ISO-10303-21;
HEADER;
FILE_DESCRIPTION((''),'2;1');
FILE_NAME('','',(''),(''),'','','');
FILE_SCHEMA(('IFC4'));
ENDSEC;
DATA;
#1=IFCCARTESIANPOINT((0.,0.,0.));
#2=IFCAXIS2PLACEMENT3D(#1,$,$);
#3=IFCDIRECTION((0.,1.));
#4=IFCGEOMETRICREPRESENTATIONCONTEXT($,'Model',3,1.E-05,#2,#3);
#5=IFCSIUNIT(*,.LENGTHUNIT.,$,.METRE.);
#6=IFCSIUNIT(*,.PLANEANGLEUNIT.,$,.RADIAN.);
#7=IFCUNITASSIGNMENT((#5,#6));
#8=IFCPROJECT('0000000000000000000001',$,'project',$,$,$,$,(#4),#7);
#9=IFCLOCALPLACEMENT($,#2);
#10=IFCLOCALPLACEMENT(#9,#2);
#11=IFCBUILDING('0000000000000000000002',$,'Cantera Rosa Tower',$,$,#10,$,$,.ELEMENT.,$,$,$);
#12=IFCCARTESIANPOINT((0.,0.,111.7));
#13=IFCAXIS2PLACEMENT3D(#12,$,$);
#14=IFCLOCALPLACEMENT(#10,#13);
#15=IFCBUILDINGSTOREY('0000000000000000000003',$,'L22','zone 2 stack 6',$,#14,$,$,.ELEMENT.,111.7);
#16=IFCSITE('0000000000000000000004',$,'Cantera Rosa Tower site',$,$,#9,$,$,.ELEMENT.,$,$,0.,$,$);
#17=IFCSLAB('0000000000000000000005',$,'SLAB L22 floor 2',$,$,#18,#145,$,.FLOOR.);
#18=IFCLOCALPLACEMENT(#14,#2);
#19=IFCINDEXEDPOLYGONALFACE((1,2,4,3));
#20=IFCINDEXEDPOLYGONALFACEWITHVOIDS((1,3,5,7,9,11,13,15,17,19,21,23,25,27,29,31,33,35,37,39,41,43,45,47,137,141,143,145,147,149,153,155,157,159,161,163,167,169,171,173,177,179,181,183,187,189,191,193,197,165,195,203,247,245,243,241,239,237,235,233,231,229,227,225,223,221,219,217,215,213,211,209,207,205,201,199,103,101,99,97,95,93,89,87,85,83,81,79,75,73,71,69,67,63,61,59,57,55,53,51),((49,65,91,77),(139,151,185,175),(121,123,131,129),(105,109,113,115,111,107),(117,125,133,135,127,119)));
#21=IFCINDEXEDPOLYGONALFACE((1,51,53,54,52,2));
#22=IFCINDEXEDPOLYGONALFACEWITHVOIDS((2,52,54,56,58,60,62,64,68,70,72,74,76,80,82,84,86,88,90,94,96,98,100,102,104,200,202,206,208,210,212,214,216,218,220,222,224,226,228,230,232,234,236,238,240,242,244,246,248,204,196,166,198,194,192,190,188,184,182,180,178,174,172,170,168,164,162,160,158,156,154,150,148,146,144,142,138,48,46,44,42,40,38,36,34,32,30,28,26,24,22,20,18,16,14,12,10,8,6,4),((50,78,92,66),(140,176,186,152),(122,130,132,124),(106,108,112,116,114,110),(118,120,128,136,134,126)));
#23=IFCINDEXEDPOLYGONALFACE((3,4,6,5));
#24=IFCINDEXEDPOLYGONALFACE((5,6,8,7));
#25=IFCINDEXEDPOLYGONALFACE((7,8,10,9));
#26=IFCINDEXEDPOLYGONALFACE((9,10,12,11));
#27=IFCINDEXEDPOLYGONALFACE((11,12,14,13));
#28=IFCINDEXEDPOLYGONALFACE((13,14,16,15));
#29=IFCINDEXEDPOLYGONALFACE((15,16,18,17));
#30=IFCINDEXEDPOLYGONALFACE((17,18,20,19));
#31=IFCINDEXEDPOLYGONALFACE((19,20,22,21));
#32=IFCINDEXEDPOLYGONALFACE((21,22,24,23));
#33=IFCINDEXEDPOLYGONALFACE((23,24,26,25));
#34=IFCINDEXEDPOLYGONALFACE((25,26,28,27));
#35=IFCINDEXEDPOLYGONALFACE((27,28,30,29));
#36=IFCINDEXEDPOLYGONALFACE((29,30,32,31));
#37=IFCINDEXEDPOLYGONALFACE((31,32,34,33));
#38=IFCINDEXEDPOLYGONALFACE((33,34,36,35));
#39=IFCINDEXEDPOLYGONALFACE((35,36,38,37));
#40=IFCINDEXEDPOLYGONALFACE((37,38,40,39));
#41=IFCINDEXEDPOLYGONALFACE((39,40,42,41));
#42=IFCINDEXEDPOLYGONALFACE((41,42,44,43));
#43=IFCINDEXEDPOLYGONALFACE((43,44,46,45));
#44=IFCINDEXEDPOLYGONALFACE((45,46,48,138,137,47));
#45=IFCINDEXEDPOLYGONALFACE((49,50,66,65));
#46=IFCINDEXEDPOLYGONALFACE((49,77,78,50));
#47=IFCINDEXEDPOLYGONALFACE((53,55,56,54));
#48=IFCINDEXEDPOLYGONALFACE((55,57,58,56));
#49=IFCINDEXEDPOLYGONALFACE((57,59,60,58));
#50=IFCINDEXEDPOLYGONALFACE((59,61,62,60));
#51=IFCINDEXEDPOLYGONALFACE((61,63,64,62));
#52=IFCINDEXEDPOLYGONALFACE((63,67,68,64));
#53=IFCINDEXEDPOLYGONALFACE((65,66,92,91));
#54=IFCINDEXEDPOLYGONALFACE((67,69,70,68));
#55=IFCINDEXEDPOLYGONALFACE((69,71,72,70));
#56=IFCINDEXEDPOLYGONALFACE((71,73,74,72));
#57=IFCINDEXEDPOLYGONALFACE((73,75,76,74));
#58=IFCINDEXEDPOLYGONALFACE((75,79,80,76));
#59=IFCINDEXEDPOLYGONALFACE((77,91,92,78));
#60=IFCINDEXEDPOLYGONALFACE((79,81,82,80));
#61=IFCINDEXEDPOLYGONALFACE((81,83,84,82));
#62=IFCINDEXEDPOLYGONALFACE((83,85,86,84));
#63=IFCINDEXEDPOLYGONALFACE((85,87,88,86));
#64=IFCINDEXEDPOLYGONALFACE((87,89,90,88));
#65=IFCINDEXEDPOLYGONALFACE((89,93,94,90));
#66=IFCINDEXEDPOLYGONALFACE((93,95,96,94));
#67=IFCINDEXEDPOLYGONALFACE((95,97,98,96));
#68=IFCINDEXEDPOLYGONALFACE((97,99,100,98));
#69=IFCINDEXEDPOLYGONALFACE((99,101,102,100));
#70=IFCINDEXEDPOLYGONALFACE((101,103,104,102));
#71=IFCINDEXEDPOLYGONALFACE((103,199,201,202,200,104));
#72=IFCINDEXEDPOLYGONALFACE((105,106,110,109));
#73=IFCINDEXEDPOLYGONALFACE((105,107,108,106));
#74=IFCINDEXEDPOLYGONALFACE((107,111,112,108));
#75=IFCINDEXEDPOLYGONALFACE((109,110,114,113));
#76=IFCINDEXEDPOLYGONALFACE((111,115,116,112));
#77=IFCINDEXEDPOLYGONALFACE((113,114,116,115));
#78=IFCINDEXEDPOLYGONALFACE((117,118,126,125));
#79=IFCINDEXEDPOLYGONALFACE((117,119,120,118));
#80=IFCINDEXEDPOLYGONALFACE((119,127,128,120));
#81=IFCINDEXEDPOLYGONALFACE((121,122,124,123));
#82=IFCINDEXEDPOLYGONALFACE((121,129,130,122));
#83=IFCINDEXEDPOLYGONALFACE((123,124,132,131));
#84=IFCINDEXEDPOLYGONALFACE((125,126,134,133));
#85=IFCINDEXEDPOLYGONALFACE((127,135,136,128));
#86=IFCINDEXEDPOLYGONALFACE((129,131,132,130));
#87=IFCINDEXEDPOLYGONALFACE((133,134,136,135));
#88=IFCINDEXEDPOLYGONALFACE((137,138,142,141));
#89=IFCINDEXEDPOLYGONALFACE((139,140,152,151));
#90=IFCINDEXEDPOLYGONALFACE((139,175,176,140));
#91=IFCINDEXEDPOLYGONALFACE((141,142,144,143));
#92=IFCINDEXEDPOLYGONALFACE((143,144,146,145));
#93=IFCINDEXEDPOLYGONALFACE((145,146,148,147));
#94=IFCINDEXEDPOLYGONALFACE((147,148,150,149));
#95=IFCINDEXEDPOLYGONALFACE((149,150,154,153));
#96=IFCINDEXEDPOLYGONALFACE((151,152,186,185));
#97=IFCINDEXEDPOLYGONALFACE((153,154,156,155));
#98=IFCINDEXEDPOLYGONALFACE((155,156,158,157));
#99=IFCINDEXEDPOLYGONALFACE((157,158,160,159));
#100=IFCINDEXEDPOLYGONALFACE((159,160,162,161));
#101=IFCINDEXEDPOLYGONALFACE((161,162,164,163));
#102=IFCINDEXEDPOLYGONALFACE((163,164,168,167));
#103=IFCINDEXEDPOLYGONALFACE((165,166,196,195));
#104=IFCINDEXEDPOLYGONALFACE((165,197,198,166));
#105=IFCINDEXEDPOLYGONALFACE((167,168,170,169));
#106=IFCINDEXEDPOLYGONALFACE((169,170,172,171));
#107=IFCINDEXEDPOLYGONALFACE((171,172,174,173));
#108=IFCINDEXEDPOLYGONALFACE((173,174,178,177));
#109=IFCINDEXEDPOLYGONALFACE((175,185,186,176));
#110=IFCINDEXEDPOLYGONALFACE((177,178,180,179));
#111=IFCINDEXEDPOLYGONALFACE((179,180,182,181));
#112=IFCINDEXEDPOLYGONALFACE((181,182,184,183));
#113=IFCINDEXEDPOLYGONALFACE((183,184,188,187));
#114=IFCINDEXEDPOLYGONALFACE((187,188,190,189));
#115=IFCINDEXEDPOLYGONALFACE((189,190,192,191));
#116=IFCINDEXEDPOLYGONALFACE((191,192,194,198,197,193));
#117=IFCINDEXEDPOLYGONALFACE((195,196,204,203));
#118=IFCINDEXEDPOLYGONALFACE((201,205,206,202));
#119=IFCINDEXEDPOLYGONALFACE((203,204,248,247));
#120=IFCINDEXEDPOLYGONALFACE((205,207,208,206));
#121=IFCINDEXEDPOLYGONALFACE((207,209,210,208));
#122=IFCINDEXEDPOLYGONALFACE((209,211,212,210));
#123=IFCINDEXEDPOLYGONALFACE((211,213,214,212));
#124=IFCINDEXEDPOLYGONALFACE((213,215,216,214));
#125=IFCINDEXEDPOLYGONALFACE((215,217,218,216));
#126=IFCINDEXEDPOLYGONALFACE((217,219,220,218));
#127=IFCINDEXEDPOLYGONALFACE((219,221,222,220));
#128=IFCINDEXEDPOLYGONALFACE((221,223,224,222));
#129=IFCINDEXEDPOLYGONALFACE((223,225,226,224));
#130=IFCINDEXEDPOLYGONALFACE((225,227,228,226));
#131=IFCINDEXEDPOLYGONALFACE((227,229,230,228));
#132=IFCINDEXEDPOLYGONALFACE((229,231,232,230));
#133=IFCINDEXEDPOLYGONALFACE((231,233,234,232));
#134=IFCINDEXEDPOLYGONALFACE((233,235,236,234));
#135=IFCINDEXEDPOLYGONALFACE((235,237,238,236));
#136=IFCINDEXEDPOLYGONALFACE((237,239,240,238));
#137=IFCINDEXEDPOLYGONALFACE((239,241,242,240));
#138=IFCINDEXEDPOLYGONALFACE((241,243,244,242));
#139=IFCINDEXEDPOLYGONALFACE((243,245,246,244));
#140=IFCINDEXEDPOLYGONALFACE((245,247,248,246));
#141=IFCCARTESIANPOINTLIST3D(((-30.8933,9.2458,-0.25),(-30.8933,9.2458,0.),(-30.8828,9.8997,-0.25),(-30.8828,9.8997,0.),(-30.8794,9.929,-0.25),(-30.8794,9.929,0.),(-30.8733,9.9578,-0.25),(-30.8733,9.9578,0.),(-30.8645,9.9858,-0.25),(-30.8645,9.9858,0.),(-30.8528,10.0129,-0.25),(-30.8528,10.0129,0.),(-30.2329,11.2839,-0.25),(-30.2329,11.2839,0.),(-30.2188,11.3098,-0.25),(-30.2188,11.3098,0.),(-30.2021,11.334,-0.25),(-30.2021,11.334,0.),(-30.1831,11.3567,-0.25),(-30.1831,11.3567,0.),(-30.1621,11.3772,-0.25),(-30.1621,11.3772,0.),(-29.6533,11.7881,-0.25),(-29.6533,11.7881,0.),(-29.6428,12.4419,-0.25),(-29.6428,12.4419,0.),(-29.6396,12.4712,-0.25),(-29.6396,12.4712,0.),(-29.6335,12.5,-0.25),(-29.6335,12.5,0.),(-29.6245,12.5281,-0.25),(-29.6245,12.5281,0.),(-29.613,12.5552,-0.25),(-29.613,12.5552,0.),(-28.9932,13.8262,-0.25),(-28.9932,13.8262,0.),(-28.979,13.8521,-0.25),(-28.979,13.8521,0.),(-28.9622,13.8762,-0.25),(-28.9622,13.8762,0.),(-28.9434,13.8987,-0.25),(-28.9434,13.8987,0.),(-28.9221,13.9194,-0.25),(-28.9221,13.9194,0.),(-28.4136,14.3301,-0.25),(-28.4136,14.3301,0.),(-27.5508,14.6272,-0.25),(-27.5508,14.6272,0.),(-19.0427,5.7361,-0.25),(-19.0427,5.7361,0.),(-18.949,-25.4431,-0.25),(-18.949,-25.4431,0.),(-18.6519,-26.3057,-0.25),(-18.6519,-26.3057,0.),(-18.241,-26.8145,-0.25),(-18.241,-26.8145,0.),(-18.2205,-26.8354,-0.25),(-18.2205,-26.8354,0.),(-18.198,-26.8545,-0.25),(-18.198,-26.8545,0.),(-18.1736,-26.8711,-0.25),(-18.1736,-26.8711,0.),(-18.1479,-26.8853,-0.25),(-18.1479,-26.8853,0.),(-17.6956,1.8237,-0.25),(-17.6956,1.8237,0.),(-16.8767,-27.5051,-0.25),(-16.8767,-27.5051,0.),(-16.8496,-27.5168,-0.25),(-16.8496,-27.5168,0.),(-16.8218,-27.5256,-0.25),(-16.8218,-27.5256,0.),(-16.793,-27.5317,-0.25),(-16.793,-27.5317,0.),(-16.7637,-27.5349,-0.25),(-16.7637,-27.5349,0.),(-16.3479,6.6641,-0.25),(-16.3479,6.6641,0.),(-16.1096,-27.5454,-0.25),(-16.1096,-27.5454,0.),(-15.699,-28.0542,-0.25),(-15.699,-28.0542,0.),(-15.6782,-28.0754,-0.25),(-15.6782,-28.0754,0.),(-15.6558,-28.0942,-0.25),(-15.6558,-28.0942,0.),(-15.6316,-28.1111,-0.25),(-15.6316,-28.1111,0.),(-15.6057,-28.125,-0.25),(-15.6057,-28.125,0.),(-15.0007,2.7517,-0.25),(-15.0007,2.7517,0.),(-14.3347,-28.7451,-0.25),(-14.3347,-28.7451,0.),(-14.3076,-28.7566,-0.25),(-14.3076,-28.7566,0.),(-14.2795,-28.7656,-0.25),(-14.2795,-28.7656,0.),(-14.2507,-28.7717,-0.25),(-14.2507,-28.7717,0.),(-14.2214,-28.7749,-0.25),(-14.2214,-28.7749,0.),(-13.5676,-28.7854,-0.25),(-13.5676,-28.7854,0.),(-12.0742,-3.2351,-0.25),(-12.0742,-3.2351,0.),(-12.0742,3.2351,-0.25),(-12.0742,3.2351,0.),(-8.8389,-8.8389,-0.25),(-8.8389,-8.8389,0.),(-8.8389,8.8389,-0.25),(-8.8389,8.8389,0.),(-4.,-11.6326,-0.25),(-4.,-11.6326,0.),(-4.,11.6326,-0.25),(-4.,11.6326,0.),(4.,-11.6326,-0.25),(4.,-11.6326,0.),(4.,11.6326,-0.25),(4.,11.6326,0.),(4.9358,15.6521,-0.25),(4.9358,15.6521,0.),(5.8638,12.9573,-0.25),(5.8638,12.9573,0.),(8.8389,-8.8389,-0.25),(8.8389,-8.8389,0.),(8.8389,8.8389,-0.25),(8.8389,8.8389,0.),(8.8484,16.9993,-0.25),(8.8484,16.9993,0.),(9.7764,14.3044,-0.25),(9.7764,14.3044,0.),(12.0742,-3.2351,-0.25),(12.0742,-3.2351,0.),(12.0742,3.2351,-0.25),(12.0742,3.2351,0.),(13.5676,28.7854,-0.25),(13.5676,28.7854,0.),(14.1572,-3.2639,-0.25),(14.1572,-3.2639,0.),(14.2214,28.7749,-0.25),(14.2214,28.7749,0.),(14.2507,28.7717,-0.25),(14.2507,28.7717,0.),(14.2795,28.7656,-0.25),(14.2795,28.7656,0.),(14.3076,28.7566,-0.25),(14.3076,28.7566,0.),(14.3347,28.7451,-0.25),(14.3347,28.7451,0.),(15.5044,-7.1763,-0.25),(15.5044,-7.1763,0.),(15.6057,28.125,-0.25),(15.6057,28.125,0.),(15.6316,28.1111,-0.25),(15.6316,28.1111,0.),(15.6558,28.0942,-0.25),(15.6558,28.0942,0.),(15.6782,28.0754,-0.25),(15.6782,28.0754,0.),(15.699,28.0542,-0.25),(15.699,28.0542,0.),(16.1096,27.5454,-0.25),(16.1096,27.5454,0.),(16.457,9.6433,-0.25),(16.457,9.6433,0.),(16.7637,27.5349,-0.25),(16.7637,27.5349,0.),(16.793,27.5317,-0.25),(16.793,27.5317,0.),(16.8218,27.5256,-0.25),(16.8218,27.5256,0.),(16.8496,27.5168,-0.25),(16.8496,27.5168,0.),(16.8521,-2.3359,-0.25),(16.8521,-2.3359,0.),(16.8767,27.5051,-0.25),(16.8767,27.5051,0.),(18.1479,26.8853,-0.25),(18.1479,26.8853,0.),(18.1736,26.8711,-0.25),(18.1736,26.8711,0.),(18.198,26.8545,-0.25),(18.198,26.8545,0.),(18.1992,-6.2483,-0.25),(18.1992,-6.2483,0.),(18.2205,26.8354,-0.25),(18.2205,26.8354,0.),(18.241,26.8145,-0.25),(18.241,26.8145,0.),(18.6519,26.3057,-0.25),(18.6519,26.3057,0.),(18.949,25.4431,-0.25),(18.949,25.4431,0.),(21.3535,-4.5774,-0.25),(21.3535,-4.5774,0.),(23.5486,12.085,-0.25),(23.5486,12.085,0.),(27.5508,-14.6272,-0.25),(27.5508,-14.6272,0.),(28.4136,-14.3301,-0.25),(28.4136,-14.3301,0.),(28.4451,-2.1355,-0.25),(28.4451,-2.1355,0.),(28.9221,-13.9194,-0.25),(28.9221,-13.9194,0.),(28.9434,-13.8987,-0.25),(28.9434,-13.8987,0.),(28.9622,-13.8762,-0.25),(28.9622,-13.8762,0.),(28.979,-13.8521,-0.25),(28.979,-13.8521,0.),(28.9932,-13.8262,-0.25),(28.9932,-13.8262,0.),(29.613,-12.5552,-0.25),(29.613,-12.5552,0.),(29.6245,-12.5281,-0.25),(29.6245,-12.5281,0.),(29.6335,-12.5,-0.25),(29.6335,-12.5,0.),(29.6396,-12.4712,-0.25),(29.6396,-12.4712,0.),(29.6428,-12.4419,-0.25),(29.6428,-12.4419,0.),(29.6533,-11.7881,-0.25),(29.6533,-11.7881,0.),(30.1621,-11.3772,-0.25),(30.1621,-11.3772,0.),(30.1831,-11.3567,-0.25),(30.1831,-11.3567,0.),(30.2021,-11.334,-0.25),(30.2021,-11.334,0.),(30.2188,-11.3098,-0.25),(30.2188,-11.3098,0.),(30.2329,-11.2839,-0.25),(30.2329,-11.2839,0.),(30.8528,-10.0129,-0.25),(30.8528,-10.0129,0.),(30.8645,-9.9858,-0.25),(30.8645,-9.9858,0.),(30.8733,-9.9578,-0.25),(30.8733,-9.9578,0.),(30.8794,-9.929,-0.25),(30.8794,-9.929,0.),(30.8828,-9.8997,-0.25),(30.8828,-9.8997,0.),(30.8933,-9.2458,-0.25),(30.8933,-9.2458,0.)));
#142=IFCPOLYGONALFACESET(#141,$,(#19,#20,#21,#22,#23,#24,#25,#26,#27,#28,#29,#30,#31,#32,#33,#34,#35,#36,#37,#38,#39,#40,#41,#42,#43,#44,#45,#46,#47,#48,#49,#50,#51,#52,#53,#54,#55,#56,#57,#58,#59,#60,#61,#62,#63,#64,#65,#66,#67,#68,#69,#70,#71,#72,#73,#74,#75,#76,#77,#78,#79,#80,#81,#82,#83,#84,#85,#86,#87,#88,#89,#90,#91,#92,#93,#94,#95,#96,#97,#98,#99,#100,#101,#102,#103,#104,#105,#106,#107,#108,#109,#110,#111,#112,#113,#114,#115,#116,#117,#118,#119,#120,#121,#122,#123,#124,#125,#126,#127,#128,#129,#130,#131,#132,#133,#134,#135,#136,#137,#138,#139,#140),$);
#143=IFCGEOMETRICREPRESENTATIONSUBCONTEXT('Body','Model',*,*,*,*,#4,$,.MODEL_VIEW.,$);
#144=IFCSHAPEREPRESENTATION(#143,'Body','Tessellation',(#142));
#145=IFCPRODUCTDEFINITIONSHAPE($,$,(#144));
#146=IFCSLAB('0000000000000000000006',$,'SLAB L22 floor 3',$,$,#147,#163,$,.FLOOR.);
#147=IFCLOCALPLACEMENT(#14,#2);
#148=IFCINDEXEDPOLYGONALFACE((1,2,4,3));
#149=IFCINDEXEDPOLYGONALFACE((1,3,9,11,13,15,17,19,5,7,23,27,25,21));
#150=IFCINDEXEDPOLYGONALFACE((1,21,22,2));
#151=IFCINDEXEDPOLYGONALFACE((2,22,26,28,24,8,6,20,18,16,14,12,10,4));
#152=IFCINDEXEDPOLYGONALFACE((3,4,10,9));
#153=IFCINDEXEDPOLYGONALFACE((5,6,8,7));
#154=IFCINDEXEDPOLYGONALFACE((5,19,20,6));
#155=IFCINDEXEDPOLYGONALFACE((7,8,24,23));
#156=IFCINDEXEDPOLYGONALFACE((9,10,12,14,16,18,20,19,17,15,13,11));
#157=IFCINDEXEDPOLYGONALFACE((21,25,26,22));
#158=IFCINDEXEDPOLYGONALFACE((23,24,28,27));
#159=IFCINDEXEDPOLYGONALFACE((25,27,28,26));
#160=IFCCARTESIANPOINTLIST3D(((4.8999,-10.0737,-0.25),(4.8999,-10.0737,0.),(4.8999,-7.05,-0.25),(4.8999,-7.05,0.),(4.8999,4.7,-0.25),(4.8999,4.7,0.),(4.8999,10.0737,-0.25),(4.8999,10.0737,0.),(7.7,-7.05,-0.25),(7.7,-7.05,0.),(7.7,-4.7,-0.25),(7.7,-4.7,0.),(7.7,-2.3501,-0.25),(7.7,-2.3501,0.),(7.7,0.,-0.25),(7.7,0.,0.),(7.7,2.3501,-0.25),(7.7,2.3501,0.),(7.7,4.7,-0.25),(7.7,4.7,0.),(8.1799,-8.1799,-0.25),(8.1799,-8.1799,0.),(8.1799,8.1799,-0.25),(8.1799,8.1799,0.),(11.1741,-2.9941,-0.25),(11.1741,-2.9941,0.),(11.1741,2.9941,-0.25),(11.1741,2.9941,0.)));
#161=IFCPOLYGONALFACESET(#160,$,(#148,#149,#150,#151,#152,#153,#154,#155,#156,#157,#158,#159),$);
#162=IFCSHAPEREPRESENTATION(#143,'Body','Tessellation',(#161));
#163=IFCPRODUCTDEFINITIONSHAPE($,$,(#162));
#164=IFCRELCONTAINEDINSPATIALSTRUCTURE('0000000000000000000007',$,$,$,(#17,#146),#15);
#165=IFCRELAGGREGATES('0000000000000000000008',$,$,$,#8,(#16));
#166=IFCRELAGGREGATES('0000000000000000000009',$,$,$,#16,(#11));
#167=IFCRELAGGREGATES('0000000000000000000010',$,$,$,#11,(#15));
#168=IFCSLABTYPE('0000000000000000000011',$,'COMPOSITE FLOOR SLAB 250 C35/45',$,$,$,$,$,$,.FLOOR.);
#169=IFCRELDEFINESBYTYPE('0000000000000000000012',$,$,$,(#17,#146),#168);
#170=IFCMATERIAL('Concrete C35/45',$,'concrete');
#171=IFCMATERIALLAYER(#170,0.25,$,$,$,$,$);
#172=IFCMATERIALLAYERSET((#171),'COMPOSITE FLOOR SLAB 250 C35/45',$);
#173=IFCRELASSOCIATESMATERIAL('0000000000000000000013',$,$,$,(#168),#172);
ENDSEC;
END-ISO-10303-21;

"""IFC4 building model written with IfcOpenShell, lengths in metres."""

from ifc_helpers import new_model, si_unit, direction, frame, origin, place, context, subcontext, project, spatial, polyline, outline, extrude, material, layer, layer_set, type_object, element, save


model = new_model("IFC4")

# Units and contexts
model_context = context("Model", 3, precision=1e-05, world=origin(), true_north=direction((0.0, 1.0)))
body_context = subcontext(model_context, "Body", "Model", "MODEL_VIEW")
ifc_project = project(units=[si_unit("LENGTHUNIT", "METRE"), si_unit("PLANEANGLEUNIT", "RADIAN")], contexts=[model_context])

# Site, building, storey
site_placement = place(None, origin())
site = spatial("IfcSite", under=ifc_project, at=site_placement, Name="Cantera Rosa Tower site", CompositionType="ELEMENT", RefElevation=0.0)
building_placement = place(site_placement, origin())
building = spatial("IfcBuilding", under=site, at=building_placement, Name="Cantera Rosa Tower", CompositionType="ELEMENT")
storey_placement = place(building_placement, frame((0.0, 0.0, 111.7)))
storey = spatial("IfcBuildingStorey", under=building, at=storey_placement, Name="L22", Description="zone 2 stack 6", CompositionType="ELEMENT", Elevation=111.7)

# Slabs
ifc_material_1 = material(Name="Concrete C35/45", Category="concrete")
ifc_layer_1 = layer(ifc_material_1, 0.25)
ifc_layer_set_1 = layer_set([ifc_layer_1], Name="COMPOSITE FLOOR SLAB 250 C35/45")
slab_type_1 = type_object("IfcSlabType", Name="COMPOSITE FLOOR SLAB 250 C35/45", PredefinedType="FLOOR", material=ifc_layer_set_1)
slab_1_placement = place(storey_placement, frame((0.0, 0.0, -0.25)))
element("IfcSlab", 1, at=slab_1_placement, inside=storey, type_object=slab_type_1, Name="SLAB L22 floor 2", PredefinedType="FLOOR", context=body_context, shape_type="SweptSolid", body=[
    extrude(outline(polyline([(-15.6057, -28.125), (-15.6316, -28.1111), (-15.6558, -28.0942), (-15.6782, -28.0754), (-15.699, -28.0542), (-16.1096, -27.5454), (-16.7637, -27.5349), (-16.793, -27.5317), (-16.8218, -27.5256), (-16.8496, -27.5168), (-16.8767, -27.5051), (-18.1479, -26.8853), (-18.1736, -26.8711), (-18.198, -26.8545), (-18.2205, -26.8354), (-18.241, -26.8145), (-18.6519, -26.3057), (-18.949, -25.4431), (-30.8933, 9.2458), (-30.8828, 9.8997), (-30.8794, 9.929), (-30.8733, 9.9578), (-30.8645, 9.9858), (-30.8528, 10.0129), (-30.2329, 11.2839), (-30.2188, 11.3098), (-30.2021, 11.334), (-30.1831, 11.3567), (-30.1621, 11.3772), (-29.6533, 11.7881), (-29.6428, 12.4419), (-29.6396, 12.4712), (-29.6335, 12.5), (-29.6245, 12.5281), (-29.613, 12.5552), (-28.9932, 13.8262), (-28.979, 13.8521), (-28.9622, 13.8762), (-28.9434, 13.8987), (-28.9221, 13.9194), (-28.4136, 14.3301), (-27.5508, 14.6272), (13.5676, 28.7854), (14.2214, 28.7749), (14.2507, 28.7717), (14.2795, 28.7656), (14.3076, 28.7566), (14.3347, 28.7451), (15.6057, 28.125), (15.6316, 28.1111), (15.6558, 28.0942), (15.6782, 28.0754), (15.699, 28.0542), (16.1096, 27.5454), (16.7637, 27.5349), (16.793, 27.5317), (16.8218, 27.5256), (16.8496, 27.5168), (16.8767, 27.5051), (18.1479, 26.8853), (18.1736, 26.8711), (18.198, 26.8545), (18.2205, 26.8354), (18.241, 26.8145), (18.6519, 26.3057), (18.949, 25.4431), (23.5486, 12.085), (16.457, 9.6433), (21.3535, -4.5774), (28.4451, -2.1355), (30.8933, -9.2458), (30.8828, -9.8997), (30.8794, -9.929), (30.8733, -9.9578), (30.8645, -9.9858), (30.8528, -10.0129), (30.2329, -11.2839), (30.2188, -11.3098), (30.2021, -11.334), (30.1831, -11.3567), (30.1621, -11.3772), (29.6533, -11.7881), (29.6428, -12.4419), (29.6396, -12.4712), (29.6335, -12.5), (29.6245, -12.5281), (29.613, -12.5552), (28.9932, -13.8262), (28.979, -13.8521), (28.9622, -13.8762), (28.9434, -13.8987), (28.9221, -13.9194), (28.4136, -14.3301), (27.5508, -14.6272), (-13.5676, -28.7854), (-14.2214, -28.7749), (-14.2507, -28.7717), (-14.2795, -28.7656), (-14.3076, -28.7566), (-14.3347, -28.7451), (-15.6057, -28.125)]), holes=[polyline([(-12.0742, 3.2351), (-12.0742, -3.2351), (-8.8389, -8.8389), (-4.0, -11.6326), (-4.0, 11.6326), (-8.8389, 8.8389), (-12.0742, 3.2351)]), polyline([(-16.3479, 6.6641), (-19.0427, 5.7361), (-17.6956, 1.8237), (-15.0007, 2.7517), (-16.3479, 6.6641)]), polyline([(16.8521, -2.3359), (14.1572, -3.2639), (15.5044, -7.1763), (18.1992, -6.2483), (16.8521, -2.3359)]), polyline([(12.0742, -3.2351), (12.0742, 3.2351), (8.8389, 8.8389), (4.0, 11.6326), (4.0, -11.6326), (8.8389, -8.8389), (12.0742, -3.2351)]), polyline([(8.8484, 16.9993), (4.9358, 15.6521), (5.8638, 12.9573), (9.7764, 14.3044), (8.8484, 16.9993)])]), origin(), (0.0, 0.0, 1.0), 0.25),
])
slab_2_placement = place(storey_placement, frame((0.0, 0.0, -0.25)))
element("IfcSlab", 2, at=slab_2_placement, inside=storey, type_object=slab_type_1, Name="SLAB L22 floor 3", PredefinedType="FLOOR", context=body_context, shape_type="SweptSolid", body=[
    extrude(outline(polyline([(7.7, 0.0), (7.7, 2.3501), (7.7, 4.7), (4.8999, 4.7), (4.8999, 10.0737), (8.1799, 8.1799), (11.1741, 2.9941), (11.1741, -2.9941), (8.1799, -8.1799), (4.8999, -10.0737), (4.8999, -7.05), (7.7, -7.05), (7.7, -4.7), (7.7, -2.3501), (7.7, 0.0)])), origin(), (0.0, 0.0, 1.0), 0.25),
])

save(model, "model.ifc")
